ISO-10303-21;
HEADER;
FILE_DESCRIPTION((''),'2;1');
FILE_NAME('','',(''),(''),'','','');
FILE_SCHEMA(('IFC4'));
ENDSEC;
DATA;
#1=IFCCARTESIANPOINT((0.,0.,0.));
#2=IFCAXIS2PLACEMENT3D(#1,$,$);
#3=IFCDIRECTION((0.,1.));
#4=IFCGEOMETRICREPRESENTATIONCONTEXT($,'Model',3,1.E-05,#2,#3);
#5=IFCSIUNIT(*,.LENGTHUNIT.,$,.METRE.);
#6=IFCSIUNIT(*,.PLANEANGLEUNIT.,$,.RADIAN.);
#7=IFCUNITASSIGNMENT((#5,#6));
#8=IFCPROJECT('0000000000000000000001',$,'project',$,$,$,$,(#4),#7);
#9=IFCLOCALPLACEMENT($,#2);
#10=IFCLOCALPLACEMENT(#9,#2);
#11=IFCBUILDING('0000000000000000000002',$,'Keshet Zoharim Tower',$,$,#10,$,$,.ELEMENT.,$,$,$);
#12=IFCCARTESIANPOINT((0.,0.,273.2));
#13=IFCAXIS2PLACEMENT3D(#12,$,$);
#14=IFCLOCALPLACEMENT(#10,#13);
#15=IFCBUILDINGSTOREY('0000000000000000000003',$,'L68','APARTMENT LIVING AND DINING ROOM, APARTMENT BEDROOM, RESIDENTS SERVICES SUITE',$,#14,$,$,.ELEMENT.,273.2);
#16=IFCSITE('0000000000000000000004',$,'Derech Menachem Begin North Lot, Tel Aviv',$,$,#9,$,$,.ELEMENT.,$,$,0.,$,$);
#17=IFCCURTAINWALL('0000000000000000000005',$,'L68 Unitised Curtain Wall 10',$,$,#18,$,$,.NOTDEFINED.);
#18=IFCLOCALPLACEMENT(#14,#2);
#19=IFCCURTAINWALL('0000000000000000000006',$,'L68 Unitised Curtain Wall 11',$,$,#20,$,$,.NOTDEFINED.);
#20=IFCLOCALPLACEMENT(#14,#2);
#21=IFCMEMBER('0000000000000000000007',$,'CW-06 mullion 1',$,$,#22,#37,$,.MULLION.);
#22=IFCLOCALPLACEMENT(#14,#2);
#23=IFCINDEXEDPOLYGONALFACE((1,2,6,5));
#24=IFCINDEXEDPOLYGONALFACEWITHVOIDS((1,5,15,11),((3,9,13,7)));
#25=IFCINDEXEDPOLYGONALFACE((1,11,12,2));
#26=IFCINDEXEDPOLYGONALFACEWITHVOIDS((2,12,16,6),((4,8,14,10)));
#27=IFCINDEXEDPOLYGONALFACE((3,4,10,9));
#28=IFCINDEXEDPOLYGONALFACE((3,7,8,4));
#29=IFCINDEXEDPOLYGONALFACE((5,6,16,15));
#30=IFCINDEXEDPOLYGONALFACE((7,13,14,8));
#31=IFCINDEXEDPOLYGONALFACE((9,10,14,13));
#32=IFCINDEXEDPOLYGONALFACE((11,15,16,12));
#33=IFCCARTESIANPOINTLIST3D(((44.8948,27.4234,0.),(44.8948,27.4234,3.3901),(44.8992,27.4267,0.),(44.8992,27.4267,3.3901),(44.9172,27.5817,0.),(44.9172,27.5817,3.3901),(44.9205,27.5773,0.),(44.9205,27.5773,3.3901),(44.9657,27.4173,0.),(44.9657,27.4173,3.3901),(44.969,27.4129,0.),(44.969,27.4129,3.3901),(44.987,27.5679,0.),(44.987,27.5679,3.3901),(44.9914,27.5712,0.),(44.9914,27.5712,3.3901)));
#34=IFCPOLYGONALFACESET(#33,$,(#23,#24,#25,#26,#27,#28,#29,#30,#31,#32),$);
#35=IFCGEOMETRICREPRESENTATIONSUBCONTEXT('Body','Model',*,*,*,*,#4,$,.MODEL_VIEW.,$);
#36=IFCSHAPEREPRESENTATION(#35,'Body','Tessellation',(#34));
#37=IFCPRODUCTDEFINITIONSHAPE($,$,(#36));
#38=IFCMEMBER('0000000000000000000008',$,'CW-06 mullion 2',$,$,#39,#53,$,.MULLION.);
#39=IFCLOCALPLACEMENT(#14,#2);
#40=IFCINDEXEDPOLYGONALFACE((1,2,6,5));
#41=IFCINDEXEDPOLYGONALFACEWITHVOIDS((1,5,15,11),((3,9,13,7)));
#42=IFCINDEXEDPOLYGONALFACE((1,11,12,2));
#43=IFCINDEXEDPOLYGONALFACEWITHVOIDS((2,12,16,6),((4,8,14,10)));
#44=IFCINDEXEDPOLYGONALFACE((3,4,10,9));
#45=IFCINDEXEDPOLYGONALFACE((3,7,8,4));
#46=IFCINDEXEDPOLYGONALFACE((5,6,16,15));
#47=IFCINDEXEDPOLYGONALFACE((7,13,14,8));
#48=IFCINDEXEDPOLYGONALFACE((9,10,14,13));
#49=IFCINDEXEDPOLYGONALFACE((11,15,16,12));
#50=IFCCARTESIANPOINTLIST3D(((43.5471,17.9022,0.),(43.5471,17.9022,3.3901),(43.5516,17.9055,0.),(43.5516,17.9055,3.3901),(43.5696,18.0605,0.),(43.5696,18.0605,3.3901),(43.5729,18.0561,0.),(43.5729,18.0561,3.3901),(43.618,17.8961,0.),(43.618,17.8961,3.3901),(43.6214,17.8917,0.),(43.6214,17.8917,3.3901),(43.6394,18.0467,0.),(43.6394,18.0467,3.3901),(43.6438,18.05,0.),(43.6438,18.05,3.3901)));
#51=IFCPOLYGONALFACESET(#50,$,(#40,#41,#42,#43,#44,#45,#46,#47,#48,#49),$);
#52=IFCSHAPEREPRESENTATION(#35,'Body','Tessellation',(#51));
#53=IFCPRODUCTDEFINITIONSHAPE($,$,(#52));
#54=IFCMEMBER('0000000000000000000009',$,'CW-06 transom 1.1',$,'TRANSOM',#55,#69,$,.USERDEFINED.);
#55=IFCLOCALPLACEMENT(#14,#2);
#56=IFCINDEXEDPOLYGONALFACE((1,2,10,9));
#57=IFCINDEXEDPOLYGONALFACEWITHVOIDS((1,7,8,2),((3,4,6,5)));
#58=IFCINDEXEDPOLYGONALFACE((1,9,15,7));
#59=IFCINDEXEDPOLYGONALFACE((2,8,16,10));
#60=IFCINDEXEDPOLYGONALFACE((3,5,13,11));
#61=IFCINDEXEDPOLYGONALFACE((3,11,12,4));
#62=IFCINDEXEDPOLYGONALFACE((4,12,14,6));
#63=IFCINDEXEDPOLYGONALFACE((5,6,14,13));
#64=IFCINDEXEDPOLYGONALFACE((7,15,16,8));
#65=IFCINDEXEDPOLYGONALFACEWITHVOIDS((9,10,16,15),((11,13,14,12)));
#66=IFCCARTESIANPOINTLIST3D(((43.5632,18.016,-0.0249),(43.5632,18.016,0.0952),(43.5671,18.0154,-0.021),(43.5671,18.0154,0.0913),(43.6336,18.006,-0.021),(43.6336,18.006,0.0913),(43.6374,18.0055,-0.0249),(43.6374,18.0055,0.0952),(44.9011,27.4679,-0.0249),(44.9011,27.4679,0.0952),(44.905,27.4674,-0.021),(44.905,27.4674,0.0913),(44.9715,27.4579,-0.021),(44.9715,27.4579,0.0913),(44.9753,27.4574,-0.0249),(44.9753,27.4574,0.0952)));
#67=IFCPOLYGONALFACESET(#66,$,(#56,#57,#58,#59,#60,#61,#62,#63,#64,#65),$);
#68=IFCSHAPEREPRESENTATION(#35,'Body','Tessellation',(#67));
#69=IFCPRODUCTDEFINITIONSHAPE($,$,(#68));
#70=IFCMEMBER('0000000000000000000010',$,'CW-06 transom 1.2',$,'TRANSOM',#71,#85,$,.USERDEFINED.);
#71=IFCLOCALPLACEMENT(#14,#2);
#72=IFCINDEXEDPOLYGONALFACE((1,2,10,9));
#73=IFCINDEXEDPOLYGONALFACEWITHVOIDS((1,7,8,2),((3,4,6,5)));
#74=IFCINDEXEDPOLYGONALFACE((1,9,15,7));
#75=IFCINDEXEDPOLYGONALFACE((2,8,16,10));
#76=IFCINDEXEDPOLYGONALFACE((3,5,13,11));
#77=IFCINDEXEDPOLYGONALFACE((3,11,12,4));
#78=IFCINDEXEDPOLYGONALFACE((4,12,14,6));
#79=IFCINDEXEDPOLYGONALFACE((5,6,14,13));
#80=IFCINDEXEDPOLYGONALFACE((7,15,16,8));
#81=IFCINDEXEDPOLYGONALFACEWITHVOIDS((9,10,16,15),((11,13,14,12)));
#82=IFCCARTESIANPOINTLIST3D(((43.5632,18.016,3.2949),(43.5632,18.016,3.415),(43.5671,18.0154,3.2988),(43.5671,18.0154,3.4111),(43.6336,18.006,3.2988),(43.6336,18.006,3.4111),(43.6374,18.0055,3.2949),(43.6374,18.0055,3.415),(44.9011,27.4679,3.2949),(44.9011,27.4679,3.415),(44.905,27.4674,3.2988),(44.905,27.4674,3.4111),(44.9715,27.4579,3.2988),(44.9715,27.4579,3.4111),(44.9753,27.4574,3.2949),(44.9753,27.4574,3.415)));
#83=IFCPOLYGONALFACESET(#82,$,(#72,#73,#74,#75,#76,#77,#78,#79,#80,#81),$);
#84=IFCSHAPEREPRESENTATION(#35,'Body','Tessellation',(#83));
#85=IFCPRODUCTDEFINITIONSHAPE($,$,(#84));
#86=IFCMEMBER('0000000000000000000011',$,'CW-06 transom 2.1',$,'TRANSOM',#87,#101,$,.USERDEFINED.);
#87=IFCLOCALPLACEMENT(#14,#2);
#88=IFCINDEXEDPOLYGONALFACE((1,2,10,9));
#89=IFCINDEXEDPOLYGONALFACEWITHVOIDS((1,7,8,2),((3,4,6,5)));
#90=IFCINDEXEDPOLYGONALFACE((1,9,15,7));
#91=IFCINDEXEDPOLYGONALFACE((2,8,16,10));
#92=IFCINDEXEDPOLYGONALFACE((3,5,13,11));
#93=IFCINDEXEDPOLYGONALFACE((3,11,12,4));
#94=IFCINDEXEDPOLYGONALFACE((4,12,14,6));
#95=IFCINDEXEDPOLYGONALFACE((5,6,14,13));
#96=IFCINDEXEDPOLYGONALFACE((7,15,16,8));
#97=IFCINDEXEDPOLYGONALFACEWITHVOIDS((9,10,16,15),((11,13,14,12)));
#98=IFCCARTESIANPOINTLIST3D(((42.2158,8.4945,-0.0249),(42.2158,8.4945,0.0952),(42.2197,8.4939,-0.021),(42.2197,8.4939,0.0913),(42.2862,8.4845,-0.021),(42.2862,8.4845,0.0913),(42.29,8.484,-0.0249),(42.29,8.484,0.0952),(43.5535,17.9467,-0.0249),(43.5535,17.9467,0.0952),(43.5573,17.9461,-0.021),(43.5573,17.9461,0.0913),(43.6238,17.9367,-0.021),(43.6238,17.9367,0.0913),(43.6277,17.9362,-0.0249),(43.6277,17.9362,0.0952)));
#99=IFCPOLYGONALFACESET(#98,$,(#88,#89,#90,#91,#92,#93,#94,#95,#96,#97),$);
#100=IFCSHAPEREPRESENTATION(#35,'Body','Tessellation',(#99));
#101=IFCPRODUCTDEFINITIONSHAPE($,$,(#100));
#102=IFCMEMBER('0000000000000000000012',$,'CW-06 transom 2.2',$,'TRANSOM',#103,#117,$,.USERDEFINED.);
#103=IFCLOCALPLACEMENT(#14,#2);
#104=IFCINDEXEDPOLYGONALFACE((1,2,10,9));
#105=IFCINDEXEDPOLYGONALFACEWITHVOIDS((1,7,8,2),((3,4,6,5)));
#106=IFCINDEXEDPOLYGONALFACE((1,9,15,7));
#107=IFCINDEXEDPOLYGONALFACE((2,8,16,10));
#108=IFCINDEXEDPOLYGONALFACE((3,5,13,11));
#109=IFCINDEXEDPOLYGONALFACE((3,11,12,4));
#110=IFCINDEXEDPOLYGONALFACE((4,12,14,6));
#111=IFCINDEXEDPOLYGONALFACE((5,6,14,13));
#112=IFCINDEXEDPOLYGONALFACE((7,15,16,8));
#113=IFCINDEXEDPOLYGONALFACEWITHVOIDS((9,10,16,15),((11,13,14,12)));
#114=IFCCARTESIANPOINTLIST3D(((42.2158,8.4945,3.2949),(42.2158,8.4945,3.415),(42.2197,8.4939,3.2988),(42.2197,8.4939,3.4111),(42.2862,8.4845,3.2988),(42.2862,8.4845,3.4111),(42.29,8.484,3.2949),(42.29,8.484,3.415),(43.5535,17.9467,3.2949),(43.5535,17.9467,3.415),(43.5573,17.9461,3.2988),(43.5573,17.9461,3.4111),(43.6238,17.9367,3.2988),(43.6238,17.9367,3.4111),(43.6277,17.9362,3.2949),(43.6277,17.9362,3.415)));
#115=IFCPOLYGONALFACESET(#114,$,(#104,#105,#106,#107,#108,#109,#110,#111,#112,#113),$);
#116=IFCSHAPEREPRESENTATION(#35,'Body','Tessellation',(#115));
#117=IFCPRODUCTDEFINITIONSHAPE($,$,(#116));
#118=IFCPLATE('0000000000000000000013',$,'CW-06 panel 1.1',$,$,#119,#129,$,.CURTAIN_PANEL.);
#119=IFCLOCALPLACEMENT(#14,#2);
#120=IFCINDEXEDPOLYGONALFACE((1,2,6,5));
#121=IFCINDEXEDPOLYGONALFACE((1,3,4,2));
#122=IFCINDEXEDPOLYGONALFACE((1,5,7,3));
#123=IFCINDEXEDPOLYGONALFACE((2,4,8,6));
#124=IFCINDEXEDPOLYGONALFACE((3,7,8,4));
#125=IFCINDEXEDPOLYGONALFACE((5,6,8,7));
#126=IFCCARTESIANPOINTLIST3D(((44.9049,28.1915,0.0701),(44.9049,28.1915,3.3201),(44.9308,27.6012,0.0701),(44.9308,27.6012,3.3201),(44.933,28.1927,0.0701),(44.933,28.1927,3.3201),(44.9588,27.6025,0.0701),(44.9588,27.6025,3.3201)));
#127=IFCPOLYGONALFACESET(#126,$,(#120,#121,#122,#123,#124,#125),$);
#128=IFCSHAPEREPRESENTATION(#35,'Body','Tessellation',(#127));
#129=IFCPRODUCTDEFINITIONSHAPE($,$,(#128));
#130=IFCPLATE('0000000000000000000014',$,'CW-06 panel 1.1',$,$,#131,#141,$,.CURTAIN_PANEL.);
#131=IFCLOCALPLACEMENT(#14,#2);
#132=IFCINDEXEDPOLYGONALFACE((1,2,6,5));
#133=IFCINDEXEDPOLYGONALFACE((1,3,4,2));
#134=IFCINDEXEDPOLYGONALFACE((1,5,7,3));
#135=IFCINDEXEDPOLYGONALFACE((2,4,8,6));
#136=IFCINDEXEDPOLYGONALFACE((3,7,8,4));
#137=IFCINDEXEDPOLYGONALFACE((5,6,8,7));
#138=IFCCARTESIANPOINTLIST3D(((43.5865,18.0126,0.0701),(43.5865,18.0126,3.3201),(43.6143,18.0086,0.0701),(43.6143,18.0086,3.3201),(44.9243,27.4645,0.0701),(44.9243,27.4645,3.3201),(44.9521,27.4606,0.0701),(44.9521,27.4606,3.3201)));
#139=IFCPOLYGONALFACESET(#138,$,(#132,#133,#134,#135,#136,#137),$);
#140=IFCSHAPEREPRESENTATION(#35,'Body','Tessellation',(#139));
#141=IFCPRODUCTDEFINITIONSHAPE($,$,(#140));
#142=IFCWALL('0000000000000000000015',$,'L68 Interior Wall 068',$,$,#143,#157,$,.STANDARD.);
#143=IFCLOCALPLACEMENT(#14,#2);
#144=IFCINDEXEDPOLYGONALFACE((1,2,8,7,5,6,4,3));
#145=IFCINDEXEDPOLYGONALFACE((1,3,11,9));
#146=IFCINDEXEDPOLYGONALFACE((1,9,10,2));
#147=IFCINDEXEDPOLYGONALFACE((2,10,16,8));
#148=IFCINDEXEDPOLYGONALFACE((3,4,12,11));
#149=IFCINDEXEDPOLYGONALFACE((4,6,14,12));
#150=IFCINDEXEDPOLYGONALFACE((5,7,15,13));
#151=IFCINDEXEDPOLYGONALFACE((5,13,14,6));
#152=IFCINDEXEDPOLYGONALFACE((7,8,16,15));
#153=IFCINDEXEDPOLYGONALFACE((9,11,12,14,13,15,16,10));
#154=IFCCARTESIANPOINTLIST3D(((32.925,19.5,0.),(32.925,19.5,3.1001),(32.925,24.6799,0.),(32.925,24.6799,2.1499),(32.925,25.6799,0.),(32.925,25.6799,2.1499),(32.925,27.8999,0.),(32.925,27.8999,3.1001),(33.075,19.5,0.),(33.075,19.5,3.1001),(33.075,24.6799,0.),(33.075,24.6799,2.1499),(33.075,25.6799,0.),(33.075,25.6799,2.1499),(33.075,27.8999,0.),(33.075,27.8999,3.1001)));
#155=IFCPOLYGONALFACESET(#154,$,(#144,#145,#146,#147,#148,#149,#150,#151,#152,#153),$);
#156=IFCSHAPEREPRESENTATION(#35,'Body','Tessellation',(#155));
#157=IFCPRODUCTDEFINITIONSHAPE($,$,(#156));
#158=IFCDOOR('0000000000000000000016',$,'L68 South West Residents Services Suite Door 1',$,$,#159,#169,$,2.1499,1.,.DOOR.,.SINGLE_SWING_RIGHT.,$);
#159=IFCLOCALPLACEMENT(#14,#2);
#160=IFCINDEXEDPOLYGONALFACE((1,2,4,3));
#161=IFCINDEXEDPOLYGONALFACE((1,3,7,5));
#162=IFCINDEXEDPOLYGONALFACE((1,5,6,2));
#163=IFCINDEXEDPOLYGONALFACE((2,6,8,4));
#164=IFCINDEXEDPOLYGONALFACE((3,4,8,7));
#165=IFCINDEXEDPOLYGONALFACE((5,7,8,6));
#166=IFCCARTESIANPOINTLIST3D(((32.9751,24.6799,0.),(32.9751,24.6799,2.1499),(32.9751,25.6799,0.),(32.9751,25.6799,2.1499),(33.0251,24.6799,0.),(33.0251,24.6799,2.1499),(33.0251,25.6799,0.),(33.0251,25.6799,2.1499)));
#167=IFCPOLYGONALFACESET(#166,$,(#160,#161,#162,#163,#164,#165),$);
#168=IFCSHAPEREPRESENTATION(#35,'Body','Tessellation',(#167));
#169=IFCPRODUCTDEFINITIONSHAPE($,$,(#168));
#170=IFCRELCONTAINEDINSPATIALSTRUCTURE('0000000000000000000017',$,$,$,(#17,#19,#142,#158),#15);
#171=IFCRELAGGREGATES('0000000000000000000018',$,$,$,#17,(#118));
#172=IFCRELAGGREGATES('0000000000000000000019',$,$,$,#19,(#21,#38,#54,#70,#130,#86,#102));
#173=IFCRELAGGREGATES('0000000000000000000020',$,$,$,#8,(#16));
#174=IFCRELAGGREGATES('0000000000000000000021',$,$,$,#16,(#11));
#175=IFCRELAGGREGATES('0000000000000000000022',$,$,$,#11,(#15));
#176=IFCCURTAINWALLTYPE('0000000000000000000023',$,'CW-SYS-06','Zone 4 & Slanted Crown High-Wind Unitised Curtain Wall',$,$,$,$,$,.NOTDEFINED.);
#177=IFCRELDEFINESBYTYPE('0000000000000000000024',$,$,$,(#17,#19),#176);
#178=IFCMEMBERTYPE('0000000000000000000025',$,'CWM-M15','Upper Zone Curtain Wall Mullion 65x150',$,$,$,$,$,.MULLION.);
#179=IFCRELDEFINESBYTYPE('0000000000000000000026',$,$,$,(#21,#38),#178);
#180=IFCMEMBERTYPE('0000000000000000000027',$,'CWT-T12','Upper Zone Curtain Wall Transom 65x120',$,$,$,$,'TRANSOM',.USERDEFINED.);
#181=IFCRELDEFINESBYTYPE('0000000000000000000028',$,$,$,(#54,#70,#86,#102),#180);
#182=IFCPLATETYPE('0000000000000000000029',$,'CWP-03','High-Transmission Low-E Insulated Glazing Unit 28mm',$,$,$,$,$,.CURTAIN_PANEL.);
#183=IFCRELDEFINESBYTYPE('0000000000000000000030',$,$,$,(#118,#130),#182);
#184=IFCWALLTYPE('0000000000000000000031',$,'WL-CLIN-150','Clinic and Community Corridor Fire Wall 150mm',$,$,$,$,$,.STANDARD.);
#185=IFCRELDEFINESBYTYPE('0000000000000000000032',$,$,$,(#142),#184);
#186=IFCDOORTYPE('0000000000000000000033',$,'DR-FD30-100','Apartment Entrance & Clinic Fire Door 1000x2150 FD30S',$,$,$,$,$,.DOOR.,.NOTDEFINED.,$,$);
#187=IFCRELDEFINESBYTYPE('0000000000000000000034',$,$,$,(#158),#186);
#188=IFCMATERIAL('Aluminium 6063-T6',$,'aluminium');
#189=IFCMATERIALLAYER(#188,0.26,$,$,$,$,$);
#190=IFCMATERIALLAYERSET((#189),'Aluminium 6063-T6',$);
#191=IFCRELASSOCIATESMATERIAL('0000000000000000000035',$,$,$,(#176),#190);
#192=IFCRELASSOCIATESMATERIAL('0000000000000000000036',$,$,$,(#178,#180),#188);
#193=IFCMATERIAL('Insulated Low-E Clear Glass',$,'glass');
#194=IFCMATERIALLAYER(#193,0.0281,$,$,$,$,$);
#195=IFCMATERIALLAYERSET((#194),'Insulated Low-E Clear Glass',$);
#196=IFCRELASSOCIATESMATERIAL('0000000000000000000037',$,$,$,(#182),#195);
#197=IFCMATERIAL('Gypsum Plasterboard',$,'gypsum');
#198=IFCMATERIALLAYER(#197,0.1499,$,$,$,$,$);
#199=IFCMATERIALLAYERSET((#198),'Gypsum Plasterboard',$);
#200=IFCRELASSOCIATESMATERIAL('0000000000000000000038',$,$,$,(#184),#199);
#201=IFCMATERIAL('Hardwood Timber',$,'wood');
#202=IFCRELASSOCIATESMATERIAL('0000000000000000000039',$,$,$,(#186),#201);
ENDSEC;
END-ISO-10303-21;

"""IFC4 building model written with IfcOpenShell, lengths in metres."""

from ifc_helpers import new_model, si_unit, direction, frame, frame_2d, origin, origin_2d, place, context, subcontext, project, spatial, rectangle, hollow_rectangle, extrude, material, layer, layer_set, material_profile, profile_set, type_object, element, fill, aggregate, save


model = new_model("IFC4")

# Units and contexts
model_context = context("Model", 3, precision=1e-05, world=origin(), true_north=direction((0.0, 1.0)))
body_context = subcontext(model_context, "Body", "Model", "MODEL_VIEW")
ifc_project = project(units=[si_unit("LENGTHUNIT", "METRE"), si_unit("PLANEANGLEUNIT", "RADIAN")], contexts=[model_context])

# Site, building, storey
site_placement = place(None, origin())
site = spatial("IfcSite", under=ifc_project, at=site_placement, Name="Derech Menachem Begin North Lot, Tel Aviv", CompositionType="ELEMENT", RefElevation=0.0)
building_placement = place(site_placement, origin())
building = spatial("IfcBuilding", under=site, at=building_placement, Name="Keshet Zoharim Tower", CompositionType="ELEMENT")
storey_placement = place(building_placement, frame((0.0, 0.0, 273.2)))
storey = spatial("IfcBuildingStorey", under=building, at=storey_placement, Name="L68", Description="APARTMENT LIVING AND DINING ROOM, APARTMENT BEDROOM, RESIDENTS SERVICES SUITE", CompositionType="ELEMENT", Elevation=273.2)

# Curtain wall
ifc_material_1 = material(Name="Aluminium 6063-T6", Category="aluminium")
ifc_layer_1 = layer(ifc_material_1, 0.26)
ifc_layer_set_1 = layer_set([ifc_layer_1], Name="Aluminium 6063-T6")
curtain_wall_type = type_object("IfcCurtainWallType", Name="CW-SYS-06", Description="Zone 4 & Slanted Crown High-Wind Unitised Curtain Wall", PredefinedType="NOTDEFINED", material=ifc_layer_set_1)
curtain_wall_1_placement = place(storey_placement, origin())
curtain_wall_1 = element("IfcCurtainWall", 1, at=curtain_wall_1_placement, inside=storey, type_object=curtain_wall_type, Name="L68 Unitised Curtain Wall 10", PredefinedType="NOTDEFINED")
ifc_material_profile_1 = material_profile(ifc_material_1, hollow_rectangle(XDim=0.075, YDim=0.1599, WallThickness=0.0039, at=origin_2d()), Name="MUL-75x160")
ifc_profile_set_1 = profile_set([ifc_material_profile_1], Name="Aluminium 6063-T6")
member_type_1 = type_object("IfcMemberType", Name="CWM-M15", Description="Upper Zone Curtain Wall Mullion 65x150", PredefinedType="MULLION", material=ifc_profile_set_1)

# Curtain wall, members
curtain_wall_2_placement = place(storey_placement, origin())
curtain_wall_2 = element("IfcCurtainWall", 2, at=curtain_wall_2_placement, inside=storey, type_object=curtain_wall_type, Name="L68 Unitised Curtain Wall 11", PredefinedType="NOTDEFINED")
member_1_placement = place(storey_placement, frame((44.9431, 27.4973, 0.0), z_axis=(0.0, 0.0, 1.0), x_axis=(0.990132, -0.140137, 0.0)))
member_1 = element("IfcMember", 3, at=member_1_placement, type_object=member_type_1, Name="CW-06 mullion 1", PredefinedType="MULLION", context=body_context, shape_type="SweptSolid", body=[
    extrude(hollow_rectangle(XDim=0.075, YDim=0.1599, WallThickness=0.0039, at=origin_2d()), origin(), (0.0, 0.0, 1.0), 3.3901),
])
member_2_placement = place(storey_placement, frame((43.5955, 17.9761, 0.0), z_axis=(0.0, 0.0, 1.0), x_axis=(0.990132, -0.140137, 0.0)))
member_2 = element("IfcMember", 4, at=member_2_placement, type_object=member_type_1, Name="CW-06 mullion 2", PredefinedType="MULLION", context=body_context, shape_type="SweptSolid", body=[
    extrude(hollow_rectangle(XDim=0.075, YDim=0.1599, WallThickness=0.0039, at=origin_2d()), origin(), (0.0, 0.0, 1.0), 3.3901),
])
ifc_material_profile_2 = material_profile(ifc_material_1, hollow_rectangle(XDim=0.075, YDim=0.1201, WallThickness=0.0039, at=origin_2d()), Name="TRN-75x120")
ifc_profile_set_2 = profile_set([ifc_material_profile_2], Name="Aluminium 6063-T6")
member_type_2 = type_object("IfcMemberType", Name="CWT-T12", Description="Upper Zone Curtain Wall Transom 65x120", ElementType="TRANSOM", PredefinedType="USERDEFINED", material=ifc_profile_set_2)
member_3_placement = place(storey_placement, frame((44.9382, 27.4626, 0.0352), z_axis=(-0.14015, -0.99013, 0.0), x_axis=(0.99013, -0.14015, 0.0)))
member_3 = element("IfcMember", 5, at=member_3_placement, type_object=member_type_2, Name="CW-06 transom 1.1", ObjectType="TRANSOM", PredefinedType="USERDEFINED", context=body_context, shape_type="SweptSolid", body=[
    extrude(hollow_rectangle(XDim=0.075, YDim=0.1201, WallThickness=0.0039, at=origin_2d()), origin(), (0.0, 0.0, 1.0), 9.5461),
])
member_4_placement = place(storey_placement, frame((44.9382, 27.4626, 3.355), z_axis=(-0.14015, -0.99013, 0.0), x_axis=(0.99013, -0.14015, 0.0)))
member_4 = element("IfcMember", 6, at=member_4_placement, type_object=member_type_2, Name="CW-06 transom 1.2", ObjectType="TRANSOM", PredefinedType="USERDEFINED", context=body_context, shape_type="SweptSolid", body=[
    extrude(hollow_rectangle(XDim=0.075, YDim=0.1201, WallThickness=0.0039, at=origin_2d()), origin(), (0.0, 0.0, 1.0), 9.5461),
])
member_5_placement = place(storey_placement, frame((43.5906, 17.9414, 0.0352), z_axis=(-0.140122, -0.990134, 0.0), x_axis=(0.990134, -0.140122, 0.0)))
member_5 = element("IfcMember", 7, at=member_5_placement, type_object=member_type_2, Name="CW-06 transom 2.1", ObjectType="TRANSOM", PredefinedType="USERDEFINED", context=body_context, shape_type="SweptSolid", body=[
    extrude(hollow_rectangle(XDim=0.075, YDim=0.1201, WallThickness=0.0039, at=origin_2d()), origin(), (0.0, 0.0, 1.0), 9.5464),
])
member_6_placement = place(storey_placement, frame((43.5906, 17.9414, 3.355), z_axis=(-0.140122, -0.990134, 0.0), x_axis=(0.990134, -0.140122, 0.0)))
member_6 = element("IfcMember", 8, at=member_6_placement, type_object=member_type_2, Name="CW-06 transom 2.2", ObjectType="TRANSOM", PredefinedType="USERDEFINED", context=body_context, shape_type="SweptSolid", body=[
    extrude(hollow_rectangle(XDim=0.075, YDim=0.1201, WallThickness=0.0039, at=origin_2d()), origin(), (0.0, 0.0, 1.0), 9.5464),
])

# Plates
ifc_material_2 = material(Name="Insulated Low-E Clear Glass", Category="glass")
ifc_layer_2 = layer(ifc_material_2, 0.0281)
ifc_layer_set_2 = layer_set([ifc_layer_2], Name="Insulated Low-E Clear Glass")
plate_type = type_object("IfcPlateType", Name="CWP-03", Description="High-Transmission Low-E Insulated Glazing Unit 28mm", PredefinedType="CURTAIN_PANEL", material=ifc_layer_set_2)
plate_1_placement = place(storey_placement, frame((44.9319, 27.897, 0.0701), z_axis=(0.0, 0.0, 1.0), x_axis=(0.043794, -0.999041, 0.0)))
plate_1 = element("IfcPlate", 9, at=plate_1_placement, type_object=plate_type, Name="CW-06 panel 1.1", PredefinedType="CURTAIN_PANEL", context=body_context, shape_type="SweptSolid", body=[
    extrude(rectangle(XDim=0.5908, YDim=0.0281, at=origin_2d()), origin(), (0.0, 0.0, 1.0), 3.25),
])
aggregate(curtain_wall_1, [plate_1])
plate_2_placement = place(storey_placement, frame((44.2693, 22.7366, 0.0701), z_axis=(0.0, 0.0, 1.0), x_axis=(-0.140137, -0.990132, 0.0)))
plate_2 = element("IfcPlate", 10, at=plate_2_placement, type_object=plate_type, Name="CW-06 panel 1.1", PredefinedType="CURTAIN_PANEL", context=body_context, shape_type="SweptSolid", body=[
    extrude(rectangle(XDim=9.5461, YDim=0.0281, at=origin_2d()), origin(), (0.0, 0.0, 1.0), 3.25),
])
aggregate(curtain_wall_2, [member_1, member_2, member_3, member_4, plate_2, member_5, member_6])

# Wall, opening, door
ifc_material_3 = material(Name="Gypsum Plasterboard", Category="gypsum")
ifc_layer_3 = layer(ifc_material_3, 0.1499)
ifc_layer_set_3 = layer_set([ifc_layer_3], Name="Gypsum Plasterboard")
wall_type_1 = type_object("IfcWallType", Name="WL-CLIN-150", Description="Clinic and Community Corridor Fire Wall 150mm", PredefinedType="STANDARD", material=ifc_layer_set_3)
wall_1_placement = place(storey_placement, frame((33.0, 19.5, 0.0), z_axis=(0.0, 0.0, 1.0), x_axis=(0.0, 1.0, 0.0)))
wall_1 = element("IfcWall", 11, at=wall_1_placement, inside=storey, type_object=wall_type_1, Name="L68 Interior Wall 068", PredefinedType="STANDARD", context=body_context, shape_type="SweptSolid", body=[
    extrude(rectangle(XDim=8.3999, YDim=0.1499, at=frame_2d((4.2, 0.0))), origin(), (0.0, 0.0, 1.0), 3.1001),
])
opening_1_placement = place(wall_1_placement, frame((5.1799, 0.0, 0.0)))
opening_1 = element("IfcOpeningElement", 12, at=opening_1_placement, cuts=wall_1, PredefinedType="OPENING", context=body_context, shape_type="SweptSolid", body=[
    extrude(rectangle(XDim=1.0, YDim=2.1499, at=frame_2d((0.5, 1.075))), frame((0.0, 0.085, 0.0), z_axis=(0.0, -1.0, 0.0), x_axis=(1.0, 0.0, 0.0)), (0.0, 0.0, 1.0), 0.1699),
])
ifc_material_4 = material(Name="Hardwood Timber", Category="wood")
door_type_1 = type_object("IfcDoorType", Name="DR-FD30-100", Description="Apartment Entrance & Clinic Fire Door 1000x2150 FD30S", OperationType="NOTDEFINED", PredefinedType="DOOR", material=ifc_material_4)
door_1_placement = place(opening_1_placement, origin())
door_1 = element("IfcDoor", 13, at=door_1_placement, inside=storey, type_object=door_type_1, Name="L68 South West Residents Services Suite Door 1", OperationType="SINGLE_SWING_RIGHT", OverallHeight=2.1499, OverallWidth=1.0, PredefinedType="DOOR", context=body_context, shape_type="SweptSolid", body=[
    extrude(rectangle(XDim=1.0, YDim=2.1499, at=frame_2d((0.5, 1.075))), frame((0.0, 0.0249, 0.0), z_axis=(0.0, -1.0, 0.0), x_axis=(1.0, 0.0, 0.0)), (0.0, 0.0, 1.0), 0.05),
])
fill(opening_1, door_1)

save(model, "model.ifc")
